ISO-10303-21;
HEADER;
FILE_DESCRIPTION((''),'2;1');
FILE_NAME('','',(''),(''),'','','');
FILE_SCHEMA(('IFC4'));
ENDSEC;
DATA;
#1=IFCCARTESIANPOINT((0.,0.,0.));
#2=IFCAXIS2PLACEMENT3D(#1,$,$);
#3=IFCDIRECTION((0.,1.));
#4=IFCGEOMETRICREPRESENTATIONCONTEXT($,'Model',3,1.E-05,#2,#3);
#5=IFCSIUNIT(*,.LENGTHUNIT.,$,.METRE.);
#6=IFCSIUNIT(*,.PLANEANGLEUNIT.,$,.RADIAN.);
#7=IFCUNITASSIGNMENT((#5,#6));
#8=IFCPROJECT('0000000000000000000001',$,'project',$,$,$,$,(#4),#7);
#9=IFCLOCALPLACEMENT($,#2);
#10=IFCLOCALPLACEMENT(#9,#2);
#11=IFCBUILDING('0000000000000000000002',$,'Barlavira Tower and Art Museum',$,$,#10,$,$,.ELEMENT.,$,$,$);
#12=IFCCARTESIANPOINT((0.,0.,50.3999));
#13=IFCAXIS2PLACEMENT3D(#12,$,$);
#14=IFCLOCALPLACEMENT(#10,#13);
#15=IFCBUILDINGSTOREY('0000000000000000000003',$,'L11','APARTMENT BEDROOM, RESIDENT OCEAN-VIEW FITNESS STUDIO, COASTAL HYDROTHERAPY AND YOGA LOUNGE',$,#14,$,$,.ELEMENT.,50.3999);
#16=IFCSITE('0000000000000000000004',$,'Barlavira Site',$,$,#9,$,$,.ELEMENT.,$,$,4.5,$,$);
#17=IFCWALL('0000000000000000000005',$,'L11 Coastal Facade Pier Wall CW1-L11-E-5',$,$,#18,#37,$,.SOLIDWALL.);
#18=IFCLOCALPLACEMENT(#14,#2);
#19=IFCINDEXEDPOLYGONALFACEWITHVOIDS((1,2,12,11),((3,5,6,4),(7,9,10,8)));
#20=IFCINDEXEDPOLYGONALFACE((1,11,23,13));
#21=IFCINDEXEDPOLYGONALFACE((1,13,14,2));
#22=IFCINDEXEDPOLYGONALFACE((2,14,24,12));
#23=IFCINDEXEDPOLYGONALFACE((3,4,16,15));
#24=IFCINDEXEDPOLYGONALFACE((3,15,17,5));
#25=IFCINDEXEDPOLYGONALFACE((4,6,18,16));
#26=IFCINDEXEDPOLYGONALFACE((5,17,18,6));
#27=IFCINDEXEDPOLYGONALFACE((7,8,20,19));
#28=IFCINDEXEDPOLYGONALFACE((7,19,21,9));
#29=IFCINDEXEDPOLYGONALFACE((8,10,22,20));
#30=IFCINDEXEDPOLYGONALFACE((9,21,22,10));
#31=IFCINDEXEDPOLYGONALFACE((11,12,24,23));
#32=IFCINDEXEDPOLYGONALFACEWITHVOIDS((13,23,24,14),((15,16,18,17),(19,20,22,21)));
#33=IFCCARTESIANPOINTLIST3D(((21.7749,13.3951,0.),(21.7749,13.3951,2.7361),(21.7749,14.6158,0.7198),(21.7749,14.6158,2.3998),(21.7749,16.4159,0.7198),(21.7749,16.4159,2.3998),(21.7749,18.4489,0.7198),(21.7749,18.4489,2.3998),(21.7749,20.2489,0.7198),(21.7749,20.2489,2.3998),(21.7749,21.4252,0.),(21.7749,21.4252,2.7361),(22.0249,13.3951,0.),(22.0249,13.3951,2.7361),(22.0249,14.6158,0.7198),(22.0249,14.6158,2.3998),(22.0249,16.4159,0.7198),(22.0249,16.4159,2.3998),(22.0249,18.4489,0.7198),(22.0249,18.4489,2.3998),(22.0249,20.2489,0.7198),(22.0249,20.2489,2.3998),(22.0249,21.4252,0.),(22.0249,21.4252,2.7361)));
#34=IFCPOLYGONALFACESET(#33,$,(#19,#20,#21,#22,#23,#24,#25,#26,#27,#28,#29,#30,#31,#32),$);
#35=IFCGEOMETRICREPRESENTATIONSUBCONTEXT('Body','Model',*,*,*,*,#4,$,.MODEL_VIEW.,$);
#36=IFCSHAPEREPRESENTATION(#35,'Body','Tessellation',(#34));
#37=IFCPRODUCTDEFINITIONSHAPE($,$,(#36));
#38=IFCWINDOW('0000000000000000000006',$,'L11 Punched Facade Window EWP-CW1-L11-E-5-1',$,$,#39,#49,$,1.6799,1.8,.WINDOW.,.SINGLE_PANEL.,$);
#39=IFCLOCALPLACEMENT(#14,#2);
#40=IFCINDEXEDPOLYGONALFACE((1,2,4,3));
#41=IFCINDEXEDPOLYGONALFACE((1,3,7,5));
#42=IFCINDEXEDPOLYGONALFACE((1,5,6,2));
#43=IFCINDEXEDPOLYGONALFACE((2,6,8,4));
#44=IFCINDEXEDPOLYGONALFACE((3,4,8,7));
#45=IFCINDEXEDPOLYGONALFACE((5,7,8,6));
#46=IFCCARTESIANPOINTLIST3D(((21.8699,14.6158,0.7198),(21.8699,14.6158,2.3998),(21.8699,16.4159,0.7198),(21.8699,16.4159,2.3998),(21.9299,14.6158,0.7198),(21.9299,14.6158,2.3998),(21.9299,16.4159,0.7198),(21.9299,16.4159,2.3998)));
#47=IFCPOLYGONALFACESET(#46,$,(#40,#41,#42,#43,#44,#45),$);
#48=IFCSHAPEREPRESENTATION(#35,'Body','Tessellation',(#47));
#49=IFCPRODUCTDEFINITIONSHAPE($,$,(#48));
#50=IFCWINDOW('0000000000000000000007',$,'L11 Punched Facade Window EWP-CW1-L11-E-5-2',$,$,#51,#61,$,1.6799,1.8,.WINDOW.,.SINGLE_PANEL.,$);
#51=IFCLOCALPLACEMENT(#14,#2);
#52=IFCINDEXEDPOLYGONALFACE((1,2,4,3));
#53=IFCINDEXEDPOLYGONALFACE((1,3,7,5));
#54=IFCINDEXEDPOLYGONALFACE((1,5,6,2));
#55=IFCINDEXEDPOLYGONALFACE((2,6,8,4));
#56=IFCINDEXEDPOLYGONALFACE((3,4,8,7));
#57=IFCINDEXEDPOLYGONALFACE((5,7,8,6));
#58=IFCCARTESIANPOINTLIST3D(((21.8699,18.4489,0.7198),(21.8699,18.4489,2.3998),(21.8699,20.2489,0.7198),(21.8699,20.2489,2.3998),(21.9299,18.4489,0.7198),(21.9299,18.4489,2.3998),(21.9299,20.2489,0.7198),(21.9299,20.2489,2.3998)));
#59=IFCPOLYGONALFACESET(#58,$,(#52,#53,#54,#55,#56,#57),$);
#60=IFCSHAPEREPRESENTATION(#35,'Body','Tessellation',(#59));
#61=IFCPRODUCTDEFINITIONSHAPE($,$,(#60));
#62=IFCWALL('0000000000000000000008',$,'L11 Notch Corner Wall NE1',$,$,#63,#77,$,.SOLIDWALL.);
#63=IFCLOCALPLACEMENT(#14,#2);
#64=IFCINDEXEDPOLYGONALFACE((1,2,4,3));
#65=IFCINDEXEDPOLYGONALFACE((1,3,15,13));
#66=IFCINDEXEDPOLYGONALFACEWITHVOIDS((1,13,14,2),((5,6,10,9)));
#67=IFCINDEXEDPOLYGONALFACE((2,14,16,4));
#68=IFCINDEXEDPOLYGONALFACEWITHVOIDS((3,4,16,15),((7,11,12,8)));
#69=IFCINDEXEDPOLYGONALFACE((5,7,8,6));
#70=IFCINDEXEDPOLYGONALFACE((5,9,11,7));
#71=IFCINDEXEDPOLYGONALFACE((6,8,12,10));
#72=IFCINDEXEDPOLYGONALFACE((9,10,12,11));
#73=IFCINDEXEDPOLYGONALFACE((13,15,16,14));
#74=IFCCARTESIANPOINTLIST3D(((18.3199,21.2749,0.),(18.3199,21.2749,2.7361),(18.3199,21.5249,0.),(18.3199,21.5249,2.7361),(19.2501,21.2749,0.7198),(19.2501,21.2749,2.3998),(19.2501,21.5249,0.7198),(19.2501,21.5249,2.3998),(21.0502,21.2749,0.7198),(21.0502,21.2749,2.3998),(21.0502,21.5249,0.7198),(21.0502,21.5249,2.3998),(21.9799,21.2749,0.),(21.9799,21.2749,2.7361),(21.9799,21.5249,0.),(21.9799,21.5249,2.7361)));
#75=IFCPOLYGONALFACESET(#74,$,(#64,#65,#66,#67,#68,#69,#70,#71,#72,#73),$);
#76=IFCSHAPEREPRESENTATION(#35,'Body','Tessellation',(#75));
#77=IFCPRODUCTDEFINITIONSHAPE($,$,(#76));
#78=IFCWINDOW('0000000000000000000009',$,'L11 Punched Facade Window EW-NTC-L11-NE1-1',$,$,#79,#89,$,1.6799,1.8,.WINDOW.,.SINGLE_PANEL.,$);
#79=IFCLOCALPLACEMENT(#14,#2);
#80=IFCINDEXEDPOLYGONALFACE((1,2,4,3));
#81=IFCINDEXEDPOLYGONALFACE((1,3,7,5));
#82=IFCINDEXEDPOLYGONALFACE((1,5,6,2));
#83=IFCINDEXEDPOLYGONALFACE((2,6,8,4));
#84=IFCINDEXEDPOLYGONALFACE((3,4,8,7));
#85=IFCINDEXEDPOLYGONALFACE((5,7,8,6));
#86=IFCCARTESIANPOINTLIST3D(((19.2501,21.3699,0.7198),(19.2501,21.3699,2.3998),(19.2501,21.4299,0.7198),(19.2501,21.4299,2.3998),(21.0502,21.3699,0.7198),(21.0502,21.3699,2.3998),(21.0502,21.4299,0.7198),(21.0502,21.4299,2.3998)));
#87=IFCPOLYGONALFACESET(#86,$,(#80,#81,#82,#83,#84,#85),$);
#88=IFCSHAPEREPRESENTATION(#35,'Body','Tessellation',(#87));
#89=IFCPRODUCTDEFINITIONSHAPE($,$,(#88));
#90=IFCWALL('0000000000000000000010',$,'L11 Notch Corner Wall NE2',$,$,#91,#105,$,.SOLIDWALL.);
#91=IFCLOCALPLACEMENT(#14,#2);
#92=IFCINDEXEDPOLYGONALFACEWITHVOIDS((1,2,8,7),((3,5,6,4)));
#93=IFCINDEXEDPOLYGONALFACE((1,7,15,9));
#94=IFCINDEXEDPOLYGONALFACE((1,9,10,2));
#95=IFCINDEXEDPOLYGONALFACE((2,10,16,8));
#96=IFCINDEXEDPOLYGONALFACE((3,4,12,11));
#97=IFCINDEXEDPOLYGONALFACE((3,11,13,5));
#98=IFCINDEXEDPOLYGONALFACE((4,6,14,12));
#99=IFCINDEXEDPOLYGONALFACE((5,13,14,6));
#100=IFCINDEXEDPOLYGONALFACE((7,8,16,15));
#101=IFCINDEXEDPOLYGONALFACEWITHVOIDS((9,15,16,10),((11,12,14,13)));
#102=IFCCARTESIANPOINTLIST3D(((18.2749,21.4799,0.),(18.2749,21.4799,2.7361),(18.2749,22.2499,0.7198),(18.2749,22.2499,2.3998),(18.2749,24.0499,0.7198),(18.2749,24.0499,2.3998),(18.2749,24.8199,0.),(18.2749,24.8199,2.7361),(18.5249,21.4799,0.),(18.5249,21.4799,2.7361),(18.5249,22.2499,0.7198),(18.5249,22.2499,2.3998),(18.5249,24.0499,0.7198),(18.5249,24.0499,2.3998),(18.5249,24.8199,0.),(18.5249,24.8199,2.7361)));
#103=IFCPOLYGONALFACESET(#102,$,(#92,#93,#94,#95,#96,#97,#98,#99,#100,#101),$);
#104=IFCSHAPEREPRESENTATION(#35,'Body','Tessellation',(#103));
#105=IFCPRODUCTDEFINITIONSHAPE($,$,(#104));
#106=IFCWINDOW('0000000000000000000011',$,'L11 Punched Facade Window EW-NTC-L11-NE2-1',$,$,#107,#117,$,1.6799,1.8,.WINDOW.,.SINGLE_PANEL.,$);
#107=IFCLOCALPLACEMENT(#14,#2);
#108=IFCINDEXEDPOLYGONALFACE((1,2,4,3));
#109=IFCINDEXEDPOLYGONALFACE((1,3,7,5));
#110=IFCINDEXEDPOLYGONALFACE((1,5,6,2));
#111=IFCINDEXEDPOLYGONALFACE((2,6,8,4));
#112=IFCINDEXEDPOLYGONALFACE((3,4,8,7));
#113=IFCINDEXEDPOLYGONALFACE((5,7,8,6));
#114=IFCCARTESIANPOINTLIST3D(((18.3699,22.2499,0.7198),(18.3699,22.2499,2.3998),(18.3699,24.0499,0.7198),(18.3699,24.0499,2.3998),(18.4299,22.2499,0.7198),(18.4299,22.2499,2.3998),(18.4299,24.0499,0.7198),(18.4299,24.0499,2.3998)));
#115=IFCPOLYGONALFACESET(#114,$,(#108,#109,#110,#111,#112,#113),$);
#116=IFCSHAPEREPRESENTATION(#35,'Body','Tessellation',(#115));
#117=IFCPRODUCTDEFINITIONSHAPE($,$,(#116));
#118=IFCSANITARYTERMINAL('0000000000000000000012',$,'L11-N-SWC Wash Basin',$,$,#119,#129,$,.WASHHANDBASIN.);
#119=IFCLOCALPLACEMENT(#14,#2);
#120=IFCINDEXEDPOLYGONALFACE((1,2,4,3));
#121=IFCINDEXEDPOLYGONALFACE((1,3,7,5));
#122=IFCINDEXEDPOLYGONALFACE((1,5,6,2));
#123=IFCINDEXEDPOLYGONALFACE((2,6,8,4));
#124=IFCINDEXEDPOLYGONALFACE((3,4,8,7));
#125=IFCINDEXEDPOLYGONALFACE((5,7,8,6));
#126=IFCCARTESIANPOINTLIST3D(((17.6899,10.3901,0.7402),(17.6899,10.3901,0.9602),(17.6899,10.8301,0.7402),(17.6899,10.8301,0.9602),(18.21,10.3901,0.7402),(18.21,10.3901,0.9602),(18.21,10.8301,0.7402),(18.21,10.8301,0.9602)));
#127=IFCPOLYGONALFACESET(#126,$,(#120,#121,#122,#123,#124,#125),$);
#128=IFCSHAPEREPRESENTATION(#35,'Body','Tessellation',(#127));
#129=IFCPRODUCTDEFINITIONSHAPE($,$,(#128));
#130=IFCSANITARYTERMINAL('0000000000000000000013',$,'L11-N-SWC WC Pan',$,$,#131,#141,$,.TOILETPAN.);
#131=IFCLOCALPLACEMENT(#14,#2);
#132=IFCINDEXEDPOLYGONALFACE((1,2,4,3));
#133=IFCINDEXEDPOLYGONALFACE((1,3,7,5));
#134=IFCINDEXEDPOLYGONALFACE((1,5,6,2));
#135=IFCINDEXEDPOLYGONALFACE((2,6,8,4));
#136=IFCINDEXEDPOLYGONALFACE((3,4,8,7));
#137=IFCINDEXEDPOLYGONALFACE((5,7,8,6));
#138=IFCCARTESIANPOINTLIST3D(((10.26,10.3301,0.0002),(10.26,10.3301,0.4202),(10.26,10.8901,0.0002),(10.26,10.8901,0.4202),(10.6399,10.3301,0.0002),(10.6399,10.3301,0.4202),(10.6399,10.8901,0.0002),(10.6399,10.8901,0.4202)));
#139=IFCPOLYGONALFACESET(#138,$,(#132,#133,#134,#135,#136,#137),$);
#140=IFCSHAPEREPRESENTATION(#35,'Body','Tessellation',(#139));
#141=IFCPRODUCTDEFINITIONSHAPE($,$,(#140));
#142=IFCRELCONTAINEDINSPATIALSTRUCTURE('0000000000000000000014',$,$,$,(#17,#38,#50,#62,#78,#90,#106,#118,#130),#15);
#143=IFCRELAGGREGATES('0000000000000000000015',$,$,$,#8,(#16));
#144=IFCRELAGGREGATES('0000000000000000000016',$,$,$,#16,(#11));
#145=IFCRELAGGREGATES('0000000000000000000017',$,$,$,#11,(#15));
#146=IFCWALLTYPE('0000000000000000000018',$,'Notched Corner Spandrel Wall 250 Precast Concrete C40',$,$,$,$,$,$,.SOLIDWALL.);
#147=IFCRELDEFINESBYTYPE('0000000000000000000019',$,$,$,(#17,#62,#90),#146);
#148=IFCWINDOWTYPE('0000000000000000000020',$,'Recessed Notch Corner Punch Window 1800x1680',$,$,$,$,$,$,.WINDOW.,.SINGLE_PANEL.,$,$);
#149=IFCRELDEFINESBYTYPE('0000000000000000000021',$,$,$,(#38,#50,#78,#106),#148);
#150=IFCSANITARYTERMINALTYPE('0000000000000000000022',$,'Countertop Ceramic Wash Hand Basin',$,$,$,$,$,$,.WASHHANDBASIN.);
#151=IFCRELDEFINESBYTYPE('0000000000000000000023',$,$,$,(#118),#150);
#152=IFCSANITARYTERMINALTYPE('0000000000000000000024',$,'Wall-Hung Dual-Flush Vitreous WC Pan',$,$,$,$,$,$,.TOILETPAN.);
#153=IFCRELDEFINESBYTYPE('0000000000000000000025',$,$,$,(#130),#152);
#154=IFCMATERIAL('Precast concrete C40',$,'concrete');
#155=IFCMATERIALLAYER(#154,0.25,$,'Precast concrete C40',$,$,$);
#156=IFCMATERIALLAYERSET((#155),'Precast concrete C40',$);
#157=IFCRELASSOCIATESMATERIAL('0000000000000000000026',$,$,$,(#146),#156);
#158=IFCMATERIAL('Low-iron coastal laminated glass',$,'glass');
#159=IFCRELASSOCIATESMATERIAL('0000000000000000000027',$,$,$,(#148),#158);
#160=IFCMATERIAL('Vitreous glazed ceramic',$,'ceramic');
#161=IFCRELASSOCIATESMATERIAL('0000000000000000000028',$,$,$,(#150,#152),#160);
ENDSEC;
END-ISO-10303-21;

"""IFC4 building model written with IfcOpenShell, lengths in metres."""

from ifc_helpers import new_model, si_unit, direction, frame, frame_2d, origin, origin_2d, place, context, subcontext, project, spatial, rectangle, extrude, material, layer, layer_set, type_object, element, fill, save


model = new_model("IFC4")

# Units and contexts
model_context = context("Model", 3, precision=1e-05, world=origin(), true_north=direction((0.0, 1.0)))
body_context = subcontext(model_context, "Body", "Model", "MODEL_VIEW")
ifc_project = project(units=[si_unit("LENGTHUNIT", "METRE"), si_unit("PLANEANGLEUNIT", "RADIAN")], contexts=[model_context])

# Site, building, storey
site_placement = place(None, origin())
site = spatial("IfcSite", under=ifc_project, at=site_placement, Name="Barlavira Site", CompositionType="ELEMENT", RefElevation=4.5)
building_placement = place(site_placement, origin())
building = spatial("IfcBuilding", under=site, at=building_placement, Name="Barlavira Tower and Art Museum", CompositionType="ELEMENT")
storey_placement = place(building_placement, frame((0.0, 0.0, 50.3999)))
storey = spatial("IfcBuildingStorey", under=building, at=storey_placement, Name="L11", Description="APARTMENT BEDROOM, RESIDENT OCEAN-VIEW FITNESS STUDIO, COASTAL HYDROTHERAPY AND YOGA LOUNGE", CompositionType="ELEMENT", Elevation=50.3999)

# Shared definitions
ifc_material_1 = material(Name="Precast concrete C40", Category="concrete")
ifc_layer_1 = layer(ifc_material_1, 0.25, Name="Precast concrete C40")
ifc_layer_set_1 = layer_set([ifc_layer_1], Name="Precast concrete C40")
wall_type_1 = type_object("IfcWallType", Name="Notched Corner Spandrel Wall 250 Precast Concrete C40", PredefinedType="SOLIDWALL", material=ifc_layer_set_1)
ifc_material_2 = material(Name="Low-iron coastal laminated glass", Category="glass")
window_type = type_object("IfcWindowType", Name="Recessed Notch Corner Punch Window 1800x1680", PartitioningType="SINGLE_PANEL", PredefinedType="WINDOW", material=ifc_material_2)

# Wall, openings, windows
wall_1_placement = place(storey_placement, frame((21.8999, 13.395, 0.0), z_axis=(0.0, 0.0, 1.0), x_axis=(0.0, 1.0, 0.0)))
wall_1 = element("IfcWall", 1, at=wall_1_placement, inside=storey, type_object=wall_type_1, Name="L11 Coastal Facade Pier Wall CW1-L11-E-5", PredefinedType="SOLIDWALL", context=body_context, shape_type="SweptSolid", body=[
    extrude(rectangle(XDim=8.03, YDim=0.25, at=frame_2d((4.0151, 0.0))), origin(), (0.0, 0.0, 1.0), 2.7361),
])
opening_1_placement = place(wall_1_placement, frame((1.2209, 0.0, 0.72)))
opening_1 = element("IfcOpeningElement", 2, at=opening_1_placement, cuts=wall_1, PredefinedType="OPENING", context=body_context, shape_type="SweptSolid", body=[
    extrude(rectangle(XDim=1.8, YDim=1.6799, at=frame_2d((0.8999, 0.8398))), frame((0.0, 0.135, 0.0), z_axis=(0.0, -1.0, 0.0), x_axis=(1.0, 0.0, 0.0)), (0.0, 0.0, 1.0), 0.27),
])
opening_2_placement = place(wall_1_placement, frame((5.054, 0.0, 0.72)))
opening_2 = element("IfcOpeningElement", 3, at=opening_2_placement, cuts=wall_1, PredefinedType="OPENING", context=body_context, shape_type="SweptSolid", body=[
    extrude(rectangle(XDim=1.8, YDim=1.6799, at=frame_2d((0.8999, 0.8398))), frame((0.0, 0.135, 0.0), z_axis=(0.0, -1.0, 0.0), x_axis=(1.0, 0.0, 0.0)), (0.0, 0.0, 1.0), 0.27),
])
window_1_placement = place(opening_1_placement, origin())
window_1 = element("IfcWindow", 4, at=window_1_placement, inside=storey, type_object=window_type, Name="L11 Punched Facade Window EWP-CW1-L11-E-5-1", OverallHeight=1.6799, OverallWidth=1.8, PartitioningType="SINGLE_PANEL", PredefinedType="WINDOW", context=body_context, shape_type="SweptSolid", body=[
    extrude(rectangle(XDim=1.8, YDim=1.6799, at=frame_2d((0.8999, 0.8398))), frame((0.0, 0.03, 0.0), z_axis=(0.0, -1.0, 0.0), x_axis=(1.0, 0.0, 0.0)), (0.0, 0.0, 1.0), 0.0601),
])
fill(opening_1, window_1)
window_2_placement = place(opening_2_placement, origin())
window_2 = element("IfcWindow", 5, at=window_2_placement, inside=storey, type_object=window_type, Name="L11 Punched Facade Window EWP-CW1-L11-E-5-2", OverallHeight=1.6799, OverallWidth=1.8, PartitioningType="SINGLE_PANEL", PredefinedType="WINDOW", context=body_context, shape_type="SweptSolid", body=[
    extrude(rectangle(XDim=1.8, YDim=1.6799, at=frame_2d((0.8999, 0.8398))), frame((0.0, 0.03, 0.0), z_axis=(0.0, -1.0, 0.0), x_axis=(1.0, 0.0, 0.0)), (0.0, 0.0, 1.0), 0.0601),
])
fill(opening_2, window_2)

# Walls, openings, windows
wall_2_placement = place(storey_placement, frame((21.98, 21.3999, 0.0), z_axis=(0.0, 0.0, 1.0), x_axis=(-1.0, 0.0, 0.0)))
wall_2 = element("IfcWall", 6, at=wall_2_placement, inside=storey, type_object=wall_type_1, Name="L11 Notch Corner Wall NE1", PredefinedType="SOLIDWALL", context=body_context, shape_type="SweptSolid", body=[
    extrude(rectangle(XDim=3.6599, YDim=0.25, at=frame_2d((1.8301, 0.0))), origin(), (0.0, 0.0, 1.0), 2.7361),
])
opening_3_placement = place(wall_2_placement, frame((0.9299, 0.0, 0.72)))
opening_3 = element("IfcOpeningElement", 7, at=opening_3_placement, cuts=wall_2, PredefinedType="OPENING", context=body_context, shape_type="SweptSolid", body=[
    extrude(rectangle(XDim=1.8, YDim=1.6799, at=frame_2d((0.8999, 0.8398))), frame((0.0, 0.135, 0.0), z_axis=(0.0, -1.0, 0.0), x_axis=(1.0, 0.0, 0.0)), (0.0, 0.0, 1.0), 0.27),
])
window_3_placement = place(opening_3_placement, origin())
window_3 = element("IfcWindow", 8, at=window_3_placement, inside=storey, type_object=window_type, Name="L11 Punched Facade Window EW-NTC-L11-NE1-1", OverallHeight=1.6799, OverallWidth=1.8, PartitioningType="SINGLE_PANEL", PredefinedType="WINDOW", context=body_context, shape_type="SweptSolid", body=[
    extrude(rectangle(XDim=1.8, YDim=1.6799, at=frame_2d((0.8999, 0.8398))), frame((0.0, 0.03, 0.0), z_axis=(0.0, -1.0, 0.0), x_axis=(1.0, 0.0, 0.0)), (0.0, 0.0, 1.0), 0.0601),
])
fill(opening_3, window_3)
wall_3_placement = place(storey_placement, frame((18.3999, 21.48, 0.0), z_axis=(0.0, 0.0, 1.0), x_axis=(0.0, 1.0, 0.0)))
wall_3 = element("IfcWall", 9, at=wall_3_placement, inside=storey, type_object=wall_type_1, Name="L11 Notch Corner Wall NE2", PredefinedType="SOLIDWALL", context=body_context, shape_type="SweptSolid", body=[
    extrude(rectangle(XDim=3.3401, YDim=0.25, at=frame_2d((1.6699, 0.0))), origin(), (0.0, 0.0, 1.0), 2.7361),
])
opening_4_placement = place(wall_3_placement, frame((0.77, 0.0, 0.72)))
opening_4 = element("IfcOpeningElement", 10, at=opening_4_placement, cuts=wall_3, PredefinedType="OPENING", context=body_context, shape_type="SweptSolid", body=[
    extrude(rectangle(XDim=1.8, YDim=1.6799, at=frame_2d((0.8999, 0.8398))), frame((0.0, 0.135, 0.0), z_axis=(0.0, -1.0, 0.0), x_axis=(1.0, 0.0, 0.0)), (0.0, 0.0, 1.0), 0.27),
])
window_4_placement = place(opening_4_placement, origin())
window_4 = element("IfcWindow", 11, at=window_4_placement, inside=storey, type_object=window_type, Name="L11 Punched Facade Window EW-NTC-L11-NE2-1", OverallHeight=1.6799, OverallWidth=1.8, PartitioningType="SINGLE_PANEL", PredefinedType="WINDOW", context=body_context, shape_type="SweptSolid", body=[
    extrude(rectangle(XDim=1.8, YDim=1.6799, at=frame_2d((0.8999, 0.8398))), frame((0.0, 0.03, 0.0), z_axis=(0.0, -1.0, 0.0), x_axis=(1.0, 0.0, 0.0)), (0.0, 0.0, 1.0), 0.0601),
])
fill(opening_4, window_4)

# Sanitary terminals
ifc_material_3 = material(Name="Vitreous glazed ceramic", Category="ceramic")
sanitary_terminal_type_1 = type_object("IfcSanitaryTerminalType", Name="Countertop Ceramic Wash Hand Basin", PredefinedType="WASHHANDBASIN", material=ifc_material_3)
sanitary_terminal_1_placement = place(storey_placement, frame((17.95, 10.6101, 0.7402), z_axis=(0.0, 0.0, 1.0), x_axis=(1.0, 0.0, 0.0)))
element("IfcSanitaryTerminal", 12, at=sanitary_terminal_1_placement, inside=storey, type_object=sanitary_terminal_type_1, Name="L11-N-SWC Wash Basin", PredefinedType="WASHHANDBASIN", context=body_context, shape_type="SweptSolid", body=[
    extrude(rectangle(XDim=0.52, YDim=0.4399, at=origin_2d()), origin(), (0.0, 0.0, 1.0), 0.22),
])
sanitary_terminal_type_2 = type_object("IfcSanitaryTerminalType", Name="Wall-Hung Dual-Flush Vitreous WC Pan", PredefinedType="TOILETPAN", material=ifc_material_3)
sanitary_terminal_2_placement = place(storey_placement, frame((10.45, 10.6101, 0.0002), z_axis=(0.0, 0.0, 1.0), x_axis=(1.0, 0.0, 0.0)))
element("IfcSanitaryTerminal", 13, at=sanitary_terminal_2_placement, inside=storey, type_object=sanitary_terminal_type_2, Name="L11-N-SWC WC Pan", PredefinedType="TOILETPAN", context=body_context, shape_type="SweptSolid", body=[
    extrude(rectangle(XDim=0.3799, YDim=0.5601, at=origin_2d()), origin(), (0.0, 0.0, 1.0), 0.4199),
])

save(model, "model.ifc")
